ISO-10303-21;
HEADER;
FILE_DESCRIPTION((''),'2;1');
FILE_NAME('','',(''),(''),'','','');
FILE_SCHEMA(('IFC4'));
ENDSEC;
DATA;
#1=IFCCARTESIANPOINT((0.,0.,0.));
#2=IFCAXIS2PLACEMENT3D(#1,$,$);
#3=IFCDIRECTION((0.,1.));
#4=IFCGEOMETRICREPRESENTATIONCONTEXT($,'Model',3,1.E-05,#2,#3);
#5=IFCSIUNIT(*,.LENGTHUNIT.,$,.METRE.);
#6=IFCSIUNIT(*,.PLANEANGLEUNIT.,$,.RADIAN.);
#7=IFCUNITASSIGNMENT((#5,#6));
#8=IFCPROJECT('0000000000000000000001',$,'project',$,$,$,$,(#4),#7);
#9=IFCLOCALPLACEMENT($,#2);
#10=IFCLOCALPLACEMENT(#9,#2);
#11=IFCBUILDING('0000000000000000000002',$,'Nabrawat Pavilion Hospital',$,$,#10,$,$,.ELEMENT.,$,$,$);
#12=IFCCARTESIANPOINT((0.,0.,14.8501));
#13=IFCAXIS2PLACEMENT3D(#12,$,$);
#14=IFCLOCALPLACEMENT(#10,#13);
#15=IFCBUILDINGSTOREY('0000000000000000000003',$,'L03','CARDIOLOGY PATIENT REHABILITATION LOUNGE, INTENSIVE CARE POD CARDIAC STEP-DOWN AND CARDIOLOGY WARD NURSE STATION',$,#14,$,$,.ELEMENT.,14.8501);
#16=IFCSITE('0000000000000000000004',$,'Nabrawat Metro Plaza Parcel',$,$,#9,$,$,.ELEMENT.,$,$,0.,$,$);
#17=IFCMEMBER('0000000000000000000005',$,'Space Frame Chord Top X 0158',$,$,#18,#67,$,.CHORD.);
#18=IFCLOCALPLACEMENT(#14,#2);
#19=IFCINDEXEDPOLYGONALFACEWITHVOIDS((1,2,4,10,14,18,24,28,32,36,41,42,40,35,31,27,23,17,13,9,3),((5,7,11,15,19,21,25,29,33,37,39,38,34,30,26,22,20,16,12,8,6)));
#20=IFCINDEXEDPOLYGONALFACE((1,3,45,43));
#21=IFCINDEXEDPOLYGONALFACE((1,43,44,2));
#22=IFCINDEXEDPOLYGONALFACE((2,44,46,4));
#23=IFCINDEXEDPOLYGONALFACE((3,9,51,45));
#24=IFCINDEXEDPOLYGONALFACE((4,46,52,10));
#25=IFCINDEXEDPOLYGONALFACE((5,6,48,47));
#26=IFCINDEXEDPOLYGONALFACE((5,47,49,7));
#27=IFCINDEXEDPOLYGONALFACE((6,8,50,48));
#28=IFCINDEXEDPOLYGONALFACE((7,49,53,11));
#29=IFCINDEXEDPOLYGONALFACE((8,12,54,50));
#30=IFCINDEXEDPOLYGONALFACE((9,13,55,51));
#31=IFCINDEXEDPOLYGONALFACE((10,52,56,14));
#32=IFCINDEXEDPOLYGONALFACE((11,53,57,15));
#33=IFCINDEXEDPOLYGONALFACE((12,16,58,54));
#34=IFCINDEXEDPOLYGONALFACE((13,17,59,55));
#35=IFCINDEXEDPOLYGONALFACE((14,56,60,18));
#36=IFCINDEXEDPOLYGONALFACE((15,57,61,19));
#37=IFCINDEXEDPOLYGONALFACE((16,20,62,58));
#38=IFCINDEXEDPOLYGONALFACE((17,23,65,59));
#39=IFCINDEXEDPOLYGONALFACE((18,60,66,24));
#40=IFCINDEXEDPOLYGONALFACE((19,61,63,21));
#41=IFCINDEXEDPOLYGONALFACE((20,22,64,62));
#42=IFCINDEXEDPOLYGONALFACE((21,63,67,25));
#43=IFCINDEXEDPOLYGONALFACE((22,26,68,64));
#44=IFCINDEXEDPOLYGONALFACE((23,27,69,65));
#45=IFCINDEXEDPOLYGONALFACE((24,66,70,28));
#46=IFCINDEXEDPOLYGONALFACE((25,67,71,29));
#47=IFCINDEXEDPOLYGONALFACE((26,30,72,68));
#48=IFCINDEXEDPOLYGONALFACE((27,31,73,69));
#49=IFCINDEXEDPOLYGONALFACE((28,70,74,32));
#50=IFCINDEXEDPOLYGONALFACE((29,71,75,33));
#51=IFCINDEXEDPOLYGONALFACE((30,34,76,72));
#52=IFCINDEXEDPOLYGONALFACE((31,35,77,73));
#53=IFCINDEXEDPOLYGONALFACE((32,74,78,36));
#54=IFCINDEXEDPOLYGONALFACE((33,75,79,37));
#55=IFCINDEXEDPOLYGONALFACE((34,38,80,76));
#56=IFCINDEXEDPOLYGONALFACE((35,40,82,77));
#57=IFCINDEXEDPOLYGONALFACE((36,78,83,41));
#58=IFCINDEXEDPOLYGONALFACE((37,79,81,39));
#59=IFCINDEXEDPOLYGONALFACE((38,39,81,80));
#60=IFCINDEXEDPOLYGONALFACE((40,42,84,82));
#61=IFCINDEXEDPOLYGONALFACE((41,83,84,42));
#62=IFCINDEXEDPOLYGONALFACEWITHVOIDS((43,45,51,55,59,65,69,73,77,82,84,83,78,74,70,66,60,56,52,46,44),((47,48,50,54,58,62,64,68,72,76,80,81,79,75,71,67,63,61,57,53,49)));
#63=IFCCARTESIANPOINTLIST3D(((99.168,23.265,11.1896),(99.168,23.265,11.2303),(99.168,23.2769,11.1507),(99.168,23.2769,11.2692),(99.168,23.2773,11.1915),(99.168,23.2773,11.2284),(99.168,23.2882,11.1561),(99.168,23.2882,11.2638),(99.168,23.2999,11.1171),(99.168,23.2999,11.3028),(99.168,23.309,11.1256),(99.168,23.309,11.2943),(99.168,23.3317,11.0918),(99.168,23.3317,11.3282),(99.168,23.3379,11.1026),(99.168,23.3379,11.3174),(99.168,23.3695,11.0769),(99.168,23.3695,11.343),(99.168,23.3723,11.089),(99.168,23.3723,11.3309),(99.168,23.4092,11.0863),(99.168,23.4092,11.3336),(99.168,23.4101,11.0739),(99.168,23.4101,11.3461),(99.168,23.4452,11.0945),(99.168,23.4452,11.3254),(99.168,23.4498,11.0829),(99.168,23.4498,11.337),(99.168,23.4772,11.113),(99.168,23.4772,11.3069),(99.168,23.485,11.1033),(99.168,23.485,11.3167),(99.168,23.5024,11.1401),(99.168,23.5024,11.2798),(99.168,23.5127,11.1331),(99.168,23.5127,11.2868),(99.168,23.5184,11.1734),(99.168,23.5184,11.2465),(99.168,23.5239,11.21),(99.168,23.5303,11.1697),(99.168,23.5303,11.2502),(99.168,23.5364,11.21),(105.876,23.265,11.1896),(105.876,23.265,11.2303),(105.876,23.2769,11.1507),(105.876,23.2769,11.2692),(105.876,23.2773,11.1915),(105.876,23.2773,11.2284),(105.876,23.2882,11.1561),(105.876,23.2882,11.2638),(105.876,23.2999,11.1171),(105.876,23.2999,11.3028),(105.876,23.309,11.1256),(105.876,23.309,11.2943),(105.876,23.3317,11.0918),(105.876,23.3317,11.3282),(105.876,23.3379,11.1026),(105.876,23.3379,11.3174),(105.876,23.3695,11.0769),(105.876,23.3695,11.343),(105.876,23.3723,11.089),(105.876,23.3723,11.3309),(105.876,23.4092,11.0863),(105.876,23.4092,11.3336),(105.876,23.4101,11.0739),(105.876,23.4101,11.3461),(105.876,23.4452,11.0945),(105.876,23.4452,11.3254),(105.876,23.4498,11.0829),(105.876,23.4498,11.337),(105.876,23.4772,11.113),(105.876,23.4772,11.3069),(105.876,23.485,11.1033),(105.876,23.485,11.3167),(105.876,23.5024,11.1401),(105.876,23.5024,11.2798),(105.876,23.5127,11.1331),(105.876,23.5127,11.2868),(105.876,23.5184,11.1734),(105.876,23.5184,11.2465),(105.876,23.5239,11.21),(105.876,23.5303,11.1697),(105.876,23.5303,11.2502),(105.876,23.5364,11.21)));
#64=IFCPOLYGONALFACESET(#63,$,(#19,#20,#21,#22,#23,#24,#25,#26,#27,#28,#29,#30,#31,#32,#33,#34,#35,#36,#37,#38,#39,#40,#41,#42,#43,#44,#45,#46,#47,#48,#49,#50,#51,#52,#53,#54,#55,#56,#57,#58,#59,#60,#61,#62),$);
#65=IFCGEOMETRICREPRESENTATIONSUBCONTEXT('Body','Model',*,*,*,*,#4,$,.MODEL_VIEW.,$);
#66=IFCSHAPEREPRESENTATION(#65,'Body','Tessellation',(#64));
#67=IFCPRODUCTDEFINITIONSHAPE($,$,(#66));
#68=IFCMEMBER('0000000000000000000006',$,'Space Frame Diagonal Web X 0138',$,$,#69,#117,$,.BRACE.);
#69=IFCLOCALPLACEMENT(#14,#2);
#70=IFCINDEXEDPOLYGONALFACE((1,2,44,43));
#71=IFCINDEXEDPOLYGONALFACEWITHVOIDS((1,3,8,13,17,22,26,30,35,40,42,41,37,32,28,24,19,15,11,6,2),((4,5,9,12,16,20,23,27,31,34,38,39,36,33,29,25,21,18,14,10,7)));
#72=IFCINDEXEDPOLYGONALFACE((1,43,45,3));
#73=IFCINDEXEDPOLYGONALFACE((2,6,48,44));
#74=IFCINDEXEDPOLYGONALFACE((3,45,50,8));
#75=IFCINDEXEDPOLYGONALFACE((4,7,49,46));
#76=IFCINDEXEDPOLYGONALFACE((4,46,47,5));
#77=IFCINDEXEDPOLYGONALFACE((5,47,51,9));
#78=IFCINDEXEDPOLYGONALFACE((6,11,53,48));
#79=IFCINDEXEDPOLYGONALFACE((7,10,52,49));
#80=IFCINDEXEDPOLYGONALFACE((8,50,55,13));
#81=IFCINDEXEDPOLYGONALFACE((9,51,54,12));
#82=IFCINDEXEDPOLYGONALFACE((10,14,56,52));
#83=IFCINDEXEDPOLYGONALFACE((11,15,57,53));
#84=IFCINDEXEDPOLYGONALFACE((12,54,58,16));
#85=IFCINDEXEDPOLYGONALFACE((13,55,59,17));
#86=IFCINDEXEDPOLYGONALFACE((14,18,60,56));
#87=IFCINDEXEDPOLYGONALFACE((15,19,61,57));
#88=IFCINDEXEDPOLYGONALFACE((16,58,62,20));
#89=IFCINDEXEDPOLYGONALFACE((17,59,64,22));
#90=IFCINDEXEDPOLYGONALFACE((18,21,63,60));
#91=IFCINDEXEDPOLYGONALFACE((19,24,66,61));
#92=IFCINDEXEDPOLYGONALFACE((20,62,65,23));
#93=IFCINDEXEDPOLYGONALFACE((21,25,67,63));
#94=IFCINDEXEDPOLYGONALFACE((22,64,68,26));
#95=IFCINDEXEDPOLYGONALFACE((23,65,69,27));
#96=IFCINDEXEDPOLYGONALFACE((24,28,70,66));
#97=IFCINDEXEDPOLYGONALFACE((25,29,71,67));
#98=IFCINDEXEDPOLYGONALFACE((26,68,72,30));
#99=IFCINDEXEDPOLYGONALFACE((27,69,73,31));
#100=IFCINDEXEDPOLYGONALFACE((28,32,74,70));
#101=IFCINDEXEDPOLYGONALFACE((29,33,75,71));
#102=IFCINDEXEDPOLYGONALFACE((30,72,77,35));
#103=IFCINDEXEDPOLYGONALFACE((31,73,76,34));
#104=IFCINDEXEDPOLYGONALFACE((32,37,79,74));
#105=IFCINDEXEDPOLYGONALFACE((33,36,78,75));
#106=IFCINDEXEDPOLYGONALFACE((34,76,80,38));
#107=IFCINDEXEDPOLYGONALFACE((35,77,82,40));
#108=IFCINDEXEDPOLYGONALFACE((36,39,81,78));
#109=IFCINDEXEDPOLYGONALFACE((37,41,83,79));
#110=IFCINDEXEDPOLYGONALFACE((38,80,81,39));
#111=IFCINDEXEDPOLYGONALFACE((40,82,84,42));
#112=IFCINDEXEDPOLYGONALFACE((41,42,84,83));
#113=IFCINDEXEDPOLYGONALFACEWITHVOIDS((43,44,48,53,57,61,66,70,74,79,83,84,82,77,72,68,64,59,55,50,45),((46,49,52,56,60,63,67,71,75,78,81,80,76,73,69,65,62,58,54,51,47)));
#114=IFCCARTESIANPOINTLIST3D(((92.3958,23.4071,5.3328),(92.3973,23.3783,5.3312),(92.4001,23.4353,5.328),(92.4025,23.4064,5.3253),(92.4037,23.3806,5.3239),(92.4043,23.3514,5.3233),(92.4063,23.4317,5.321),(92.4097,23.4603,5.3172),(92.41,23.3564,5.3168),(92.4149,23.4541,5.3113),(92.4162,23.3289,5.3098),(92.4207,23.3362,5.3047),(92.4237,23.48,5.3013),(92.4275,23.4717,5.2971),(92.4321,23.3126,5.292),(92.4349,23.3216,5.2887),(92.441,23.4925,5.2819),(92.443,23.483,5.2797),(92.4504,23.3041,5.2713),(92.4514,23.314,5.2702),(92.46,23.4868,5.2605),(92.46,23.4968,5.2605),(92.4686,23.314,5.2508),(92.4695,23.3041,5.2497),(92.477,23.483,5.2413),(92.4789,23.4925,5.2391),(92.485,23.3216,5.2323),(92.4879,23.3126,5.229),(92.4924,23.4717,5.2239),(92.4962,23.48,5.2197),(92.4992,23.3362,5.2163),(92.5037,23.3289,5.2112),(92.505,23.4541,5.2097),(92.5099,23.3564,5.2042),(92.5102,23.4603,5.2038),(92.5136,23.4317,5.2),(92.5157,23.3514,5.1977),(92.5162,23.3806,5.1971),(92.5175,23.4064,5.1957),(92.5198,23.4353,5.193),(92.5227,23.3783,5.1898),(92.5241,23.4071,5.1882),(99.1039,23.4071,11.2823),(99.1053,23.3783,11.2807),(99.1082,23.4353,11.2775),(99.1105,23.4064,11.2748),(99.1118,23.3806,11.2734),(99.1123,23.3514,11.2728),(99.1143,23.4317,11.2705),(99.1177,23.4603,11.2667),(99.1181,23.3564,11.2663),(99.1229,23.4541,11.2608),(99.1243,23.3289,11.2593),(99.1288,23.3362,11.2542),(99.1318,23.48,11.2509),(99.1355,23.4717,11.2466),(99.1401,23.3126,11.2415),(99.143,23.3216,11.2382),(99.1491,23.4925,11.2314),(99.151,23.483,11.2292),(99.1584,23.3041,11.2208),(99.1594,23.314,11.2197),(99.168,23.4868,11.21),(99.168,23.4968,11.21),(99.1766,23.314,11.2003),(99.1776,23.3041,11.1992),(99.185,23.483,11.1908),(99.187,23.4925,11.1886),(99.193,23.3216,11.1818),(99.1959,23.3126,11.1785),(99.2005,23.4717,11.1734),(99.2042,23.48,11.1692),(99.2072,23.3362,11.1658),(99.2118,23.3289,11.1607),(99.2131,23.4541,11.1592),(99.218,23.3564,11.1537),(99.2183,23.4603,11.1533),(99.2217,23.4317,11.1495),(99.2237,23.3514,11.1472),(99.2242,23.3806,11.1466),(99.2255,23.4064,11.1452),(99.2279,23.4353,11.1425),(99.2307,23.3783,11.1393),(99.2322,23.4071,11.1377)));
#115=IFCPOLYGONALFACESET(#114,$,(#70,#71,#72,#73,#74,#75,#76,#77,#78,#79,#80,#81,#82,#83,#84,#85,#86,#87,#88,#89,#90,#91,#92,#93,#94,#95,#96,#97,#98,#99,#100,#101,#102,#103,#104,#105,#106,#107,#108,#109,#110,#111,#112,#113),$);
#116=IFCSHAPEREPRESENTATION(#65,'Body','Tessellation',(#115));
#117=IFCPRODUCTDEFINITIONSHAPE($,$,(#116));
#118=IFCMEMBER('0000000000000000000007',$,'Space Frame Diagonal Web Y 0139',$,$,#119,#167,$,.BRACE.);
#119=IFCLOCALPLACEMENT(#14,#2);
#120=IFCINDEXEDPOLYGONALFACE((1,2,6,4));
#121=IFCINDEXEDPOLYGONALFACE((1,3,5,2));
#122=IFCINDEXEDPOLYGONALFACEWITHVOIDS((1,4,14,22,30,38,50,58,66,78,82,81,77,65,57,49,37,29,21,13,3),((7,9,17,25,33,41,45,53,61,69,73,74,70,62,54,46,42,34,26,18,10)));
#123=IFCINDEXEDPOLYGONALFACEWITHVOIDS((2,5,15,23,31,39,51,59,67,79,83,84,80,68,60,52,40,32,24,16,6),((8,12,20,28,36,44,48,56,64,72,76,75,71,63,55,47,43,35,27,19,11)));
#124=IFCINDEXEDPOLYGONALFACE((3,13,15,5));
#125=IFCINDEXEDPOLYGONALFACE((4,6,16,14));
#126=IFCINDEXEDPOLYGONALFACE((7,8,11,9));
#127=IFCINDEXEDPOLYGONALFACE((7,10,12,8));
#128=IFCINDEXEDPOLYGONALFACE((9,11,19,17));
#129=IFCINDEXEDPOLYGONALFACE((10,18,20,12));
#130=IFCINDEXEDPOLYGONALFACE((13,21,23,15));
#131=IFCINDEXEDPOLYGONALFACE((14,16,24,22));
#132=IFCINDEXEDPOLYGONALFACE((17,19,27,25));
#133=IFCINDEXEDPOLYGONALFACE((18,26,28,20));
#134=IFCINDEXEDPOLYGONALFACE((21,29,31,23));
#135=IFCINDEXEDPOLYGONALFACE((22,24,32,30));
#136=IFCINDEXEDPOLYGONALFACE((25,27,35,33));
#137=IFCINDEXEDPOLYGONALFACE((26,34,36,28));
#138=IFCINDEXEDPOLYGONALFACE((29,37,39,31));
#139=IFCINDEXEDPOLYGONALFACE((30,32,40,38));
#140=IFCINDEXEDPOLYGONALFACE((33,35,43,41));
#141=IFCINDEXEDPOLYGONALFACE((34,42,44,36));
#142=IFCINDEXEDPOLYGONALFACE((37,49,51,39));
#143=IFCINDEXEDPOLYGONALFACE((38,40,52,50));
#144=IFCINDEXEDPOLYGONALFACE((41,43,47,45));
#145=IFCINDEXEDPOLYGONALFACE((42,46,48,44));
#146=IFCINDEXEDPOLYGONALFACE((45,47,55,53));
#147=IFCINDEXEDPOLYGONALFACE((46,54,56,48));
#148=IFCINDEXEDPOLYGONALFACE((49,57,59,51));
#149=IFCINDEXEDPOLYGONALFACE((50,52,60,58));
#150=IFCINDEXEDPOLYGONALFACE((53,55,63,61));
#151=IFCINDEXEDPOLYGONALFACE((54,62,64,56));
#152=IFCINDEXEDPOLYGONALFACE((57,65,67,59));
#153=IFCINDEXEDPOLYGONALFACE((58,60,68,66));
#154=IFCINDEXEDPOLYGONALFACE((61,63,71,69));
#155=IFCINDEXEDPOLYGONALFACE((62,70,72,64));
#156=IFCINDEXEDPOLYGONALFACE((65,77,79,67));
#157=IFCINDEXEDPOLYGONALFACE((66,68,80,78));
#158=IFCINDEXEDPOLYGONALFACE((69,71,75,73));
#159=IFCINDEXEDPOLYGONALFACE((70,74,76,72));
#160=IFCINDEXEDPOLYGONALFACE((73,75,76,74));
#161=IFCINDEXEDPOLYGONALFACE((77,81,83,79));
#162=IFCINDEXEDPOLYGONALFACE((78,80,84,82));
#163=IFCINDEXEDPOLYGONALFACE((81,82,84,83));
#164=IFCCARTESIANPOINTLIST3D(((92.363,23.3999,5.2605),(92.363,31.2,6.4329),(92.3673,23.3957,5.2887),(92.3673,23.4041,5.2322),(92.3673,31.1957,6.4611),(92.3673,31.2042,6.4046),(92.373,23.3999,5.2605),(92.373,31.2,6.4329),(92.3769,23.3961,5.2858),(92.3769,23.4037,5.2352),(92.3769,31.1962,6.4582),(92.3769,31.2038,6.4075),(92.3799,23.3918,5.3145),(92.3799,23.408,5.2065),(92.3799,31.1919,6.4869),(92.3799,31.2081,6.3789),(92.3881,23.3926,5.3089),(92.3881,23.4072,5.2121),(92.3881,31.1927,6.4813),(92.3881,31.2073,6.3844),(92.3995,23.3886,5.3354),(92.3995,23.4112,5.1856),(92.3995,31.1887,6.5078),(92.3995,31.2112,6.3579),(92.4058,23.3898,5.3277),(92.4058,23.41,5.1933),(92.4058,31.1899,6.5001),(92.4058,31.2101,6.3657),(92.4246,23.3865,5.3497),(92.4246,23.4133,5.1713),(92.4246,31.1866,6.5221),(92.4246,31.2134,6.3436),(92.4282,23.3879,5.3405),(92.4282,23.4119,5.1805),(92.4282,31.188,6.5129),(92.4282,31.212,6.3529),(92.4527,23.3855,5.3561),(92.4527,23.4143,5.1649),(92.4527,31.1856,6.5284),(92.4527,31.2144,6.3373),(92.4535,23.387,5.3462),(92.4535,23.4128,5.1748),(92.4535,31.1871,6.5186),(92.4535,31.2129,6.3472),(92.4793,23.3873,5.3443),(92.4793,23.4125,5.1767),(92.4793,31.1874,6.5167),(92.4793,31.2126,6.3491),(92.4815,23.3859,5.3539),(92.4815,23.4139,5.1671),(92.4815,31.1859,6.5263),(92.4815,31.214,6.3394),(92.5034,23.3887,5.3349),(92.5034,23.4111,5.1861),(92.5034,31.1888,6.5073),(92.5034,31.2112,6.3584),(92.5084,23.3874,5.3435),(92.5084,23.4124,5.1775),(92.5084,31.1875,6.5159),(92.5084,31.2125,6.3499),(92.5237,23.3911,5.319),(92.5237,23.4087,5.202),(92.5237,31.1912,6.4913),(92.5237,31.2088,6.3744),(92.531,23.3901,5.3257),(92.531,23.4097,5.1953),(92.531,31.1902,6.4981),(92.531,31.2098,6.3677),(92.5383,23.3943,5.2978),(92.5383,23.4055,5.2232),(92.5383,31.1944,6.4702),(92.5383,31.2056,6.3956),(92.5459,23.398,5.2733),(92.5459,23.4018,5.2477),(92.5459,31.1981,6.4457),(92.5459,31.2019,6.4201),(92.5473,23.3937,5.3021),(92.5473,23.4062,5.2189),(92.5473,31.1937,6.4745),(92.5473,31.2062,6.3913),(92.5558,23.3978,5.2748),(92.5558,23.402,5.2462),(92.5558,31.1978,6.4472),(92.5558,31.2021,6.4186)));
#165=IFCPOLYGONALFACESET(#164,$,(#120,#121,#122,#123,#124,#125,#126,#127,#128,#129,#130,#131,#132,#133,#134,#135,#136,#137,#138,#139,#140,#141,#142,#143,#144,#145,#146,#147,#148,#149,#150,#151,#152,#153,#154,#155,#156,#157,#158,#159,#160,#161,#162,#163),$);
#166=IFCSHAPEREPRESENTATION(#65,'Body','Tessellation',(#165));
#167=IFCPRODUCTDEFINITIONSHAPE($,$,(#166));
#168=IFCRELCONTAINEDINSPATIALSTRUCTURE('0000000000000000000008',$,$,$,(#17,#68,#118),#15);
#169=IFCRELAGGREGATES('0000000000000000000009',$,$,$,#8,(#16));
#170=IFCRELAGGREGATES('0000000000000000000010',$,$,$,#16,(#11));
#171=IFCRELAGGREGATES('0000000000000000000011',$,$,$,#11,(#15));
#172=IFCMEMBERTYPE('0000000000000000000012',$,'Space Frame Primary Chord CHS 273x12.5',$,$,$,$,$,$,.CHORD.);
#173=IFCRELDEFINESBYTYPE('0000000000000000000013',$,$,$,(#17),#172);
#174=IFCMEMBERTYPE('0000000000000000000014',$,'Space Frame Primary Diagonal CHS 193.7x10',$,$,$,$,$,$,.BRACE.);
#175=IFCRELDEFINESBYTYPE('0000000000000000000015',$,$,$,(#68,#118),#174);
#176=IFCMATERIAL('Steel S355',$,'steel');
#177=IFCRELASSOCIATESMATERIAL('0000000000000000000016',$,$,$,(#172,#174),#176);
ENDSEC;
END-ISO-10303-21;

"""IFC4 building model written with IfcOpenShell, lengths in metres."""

from ifc_helpers import new_model, si_unit, direction, frame, origin, origin_2d, place, context, subcontext, project, spatial, hollow_circle, extrude, material, material_profile, profile_set, type_object, element, save


model = new_model("IFC4")

# Units and contexts
model_context = context("Model", 3, precision=1e-05, world=origin(), true_north=direction((0.0, 1.0)))
body_context = subcontext(model_context, "Body", "Model", "MODEL_VIEW")
ifc_project = project(units=[si_unit("LENGTHUNIT", "METRE"), si_unit("PLANEANGLEUNIT", "RADIAN")], contexts=[model_context])

# Site, building, storey
site_placement = place(None, origin())
site = spatial("IfcSite", under=ifc_project, at=site_placement, Name="Nabrawat Metro Plaza Parcel", CompositionType="ELEMENT", RefElevation=0.0)
building_placement = place(site_placement, origin())
building = spatial("IfcBuilding", under=site, at=building_placement, Name="Nabrawat Pavilion Hospital", CompositionType="ELEMENT")
storey_placement = place(building_placement, frame((0.0, 0.0, 14.8501)))
storey = spatial("IfcBuildingStorey", under=building, at=storey_placement, Name="L03", Description="CARDIOLOGY PATIENT REHABILITATION LOUNGE, INTENSIVE CARE POD CARDIAC STEP-DOWN AND CARDIOLOGY WARD NURSE STATION", CompositionType="ELEMENT", Elevation=14.8501)

# Shared definitions
ifc_material = material(Name="Steel S355", Category="steel")

# Members
ifc_material_profile_1 = material_profile(ifc_material, hollow_circle(Radius=0.1365, WallThickness=0.0125, at=origin_2d()), Name="CHS 273x12.5")
ifc_profile_set_1 = profile_set([ifc_material_profile_1], Name="Steel S355")
member_type_1 = type_object("IfcMemberType", Name="Space Frame Primary Chord CHS 273x12.5", PredefinedType="CHORD", material=ifc_profile_set_1)
for number, where, z_axis, x_axis, name in (
    (1, (99.168, 23.3999, 11.21), (1.0, 0.0, 0.0), (0.0, 1.0, 0.0), "Space Frame Chord Top X 0158"),
):
    element("IfcMember", number, at=place(storey_placement, frame(where, z_axis=z_axis, x_axis=x_axis)), inside=storey, type_object=member_type_1, Name=name, PredefinedType="CHORD", context=body_context, shape_type="SweptSolid", body=[
        extrude(hollow_circle(Radius=0.1365, WallThickness=0.0125, at=origin_2d()), origin(), (0.0, 0.0, 1.0), 6.708),
    ])
ifc_material_profile_2 = material_profile(ifc_material, hollow_circle(Radius=0.0969, WallThickness=0.01, at=origin_2d()), Name="CHS 193.7x10")
ifc_profile_set_2 = profile_set([ifc_material_profile_2], Name="Steel S355")
member_type_2 = type_object("IfcMemberType", Name="Space Frame Primary Diagonal CHS 193.7x10", PredefinedType="BRACE", material=ifc_profile_set_2)
member_1_placement = place(storey_placement, frame((92.46, 23.3999, 5.2605), z_axis=(0.74814, 0.0, 0.66354), x_axis=(0.0, 1.0, 0.0)))
element("IfcMember", 2, at=member_1_placement, inside=storey, type_object=member_type_2, Name="Space Frame Diagonal Web X 0138", PredefinedType="BRACE", context=body_context, shape_type="SweptSolid", body=[
    extrude(hollow_circle(Radius=0.0969, WallThickness=0.01, at=origin_2d()), origin(), (0.0, 0.0, 1.0), 8.9663),
])
member_2_placement = place(storey_placement, frame((92.46, 23.3999, 5.2605), z_axis=(0.0, 0.988892, 0.148633), x_axis=(-1.0, 0.0, 0.0)))
element("IfcMember", 3, at=member_2_placement, inside=storey, type_object=member_type_2, Name="Space Frame Diagonal Web Y 0139", PredefinedType="BRACE", context=body_context, shape_type="SweptSolid", body=[
    extrude(hollow_circle(Radius=0.0969, WallThickness=0.01, at=origin_2d()), origin(), (0.0, 0.0, 1.0), 7.8877),
])

save(model, "model.ifc")
